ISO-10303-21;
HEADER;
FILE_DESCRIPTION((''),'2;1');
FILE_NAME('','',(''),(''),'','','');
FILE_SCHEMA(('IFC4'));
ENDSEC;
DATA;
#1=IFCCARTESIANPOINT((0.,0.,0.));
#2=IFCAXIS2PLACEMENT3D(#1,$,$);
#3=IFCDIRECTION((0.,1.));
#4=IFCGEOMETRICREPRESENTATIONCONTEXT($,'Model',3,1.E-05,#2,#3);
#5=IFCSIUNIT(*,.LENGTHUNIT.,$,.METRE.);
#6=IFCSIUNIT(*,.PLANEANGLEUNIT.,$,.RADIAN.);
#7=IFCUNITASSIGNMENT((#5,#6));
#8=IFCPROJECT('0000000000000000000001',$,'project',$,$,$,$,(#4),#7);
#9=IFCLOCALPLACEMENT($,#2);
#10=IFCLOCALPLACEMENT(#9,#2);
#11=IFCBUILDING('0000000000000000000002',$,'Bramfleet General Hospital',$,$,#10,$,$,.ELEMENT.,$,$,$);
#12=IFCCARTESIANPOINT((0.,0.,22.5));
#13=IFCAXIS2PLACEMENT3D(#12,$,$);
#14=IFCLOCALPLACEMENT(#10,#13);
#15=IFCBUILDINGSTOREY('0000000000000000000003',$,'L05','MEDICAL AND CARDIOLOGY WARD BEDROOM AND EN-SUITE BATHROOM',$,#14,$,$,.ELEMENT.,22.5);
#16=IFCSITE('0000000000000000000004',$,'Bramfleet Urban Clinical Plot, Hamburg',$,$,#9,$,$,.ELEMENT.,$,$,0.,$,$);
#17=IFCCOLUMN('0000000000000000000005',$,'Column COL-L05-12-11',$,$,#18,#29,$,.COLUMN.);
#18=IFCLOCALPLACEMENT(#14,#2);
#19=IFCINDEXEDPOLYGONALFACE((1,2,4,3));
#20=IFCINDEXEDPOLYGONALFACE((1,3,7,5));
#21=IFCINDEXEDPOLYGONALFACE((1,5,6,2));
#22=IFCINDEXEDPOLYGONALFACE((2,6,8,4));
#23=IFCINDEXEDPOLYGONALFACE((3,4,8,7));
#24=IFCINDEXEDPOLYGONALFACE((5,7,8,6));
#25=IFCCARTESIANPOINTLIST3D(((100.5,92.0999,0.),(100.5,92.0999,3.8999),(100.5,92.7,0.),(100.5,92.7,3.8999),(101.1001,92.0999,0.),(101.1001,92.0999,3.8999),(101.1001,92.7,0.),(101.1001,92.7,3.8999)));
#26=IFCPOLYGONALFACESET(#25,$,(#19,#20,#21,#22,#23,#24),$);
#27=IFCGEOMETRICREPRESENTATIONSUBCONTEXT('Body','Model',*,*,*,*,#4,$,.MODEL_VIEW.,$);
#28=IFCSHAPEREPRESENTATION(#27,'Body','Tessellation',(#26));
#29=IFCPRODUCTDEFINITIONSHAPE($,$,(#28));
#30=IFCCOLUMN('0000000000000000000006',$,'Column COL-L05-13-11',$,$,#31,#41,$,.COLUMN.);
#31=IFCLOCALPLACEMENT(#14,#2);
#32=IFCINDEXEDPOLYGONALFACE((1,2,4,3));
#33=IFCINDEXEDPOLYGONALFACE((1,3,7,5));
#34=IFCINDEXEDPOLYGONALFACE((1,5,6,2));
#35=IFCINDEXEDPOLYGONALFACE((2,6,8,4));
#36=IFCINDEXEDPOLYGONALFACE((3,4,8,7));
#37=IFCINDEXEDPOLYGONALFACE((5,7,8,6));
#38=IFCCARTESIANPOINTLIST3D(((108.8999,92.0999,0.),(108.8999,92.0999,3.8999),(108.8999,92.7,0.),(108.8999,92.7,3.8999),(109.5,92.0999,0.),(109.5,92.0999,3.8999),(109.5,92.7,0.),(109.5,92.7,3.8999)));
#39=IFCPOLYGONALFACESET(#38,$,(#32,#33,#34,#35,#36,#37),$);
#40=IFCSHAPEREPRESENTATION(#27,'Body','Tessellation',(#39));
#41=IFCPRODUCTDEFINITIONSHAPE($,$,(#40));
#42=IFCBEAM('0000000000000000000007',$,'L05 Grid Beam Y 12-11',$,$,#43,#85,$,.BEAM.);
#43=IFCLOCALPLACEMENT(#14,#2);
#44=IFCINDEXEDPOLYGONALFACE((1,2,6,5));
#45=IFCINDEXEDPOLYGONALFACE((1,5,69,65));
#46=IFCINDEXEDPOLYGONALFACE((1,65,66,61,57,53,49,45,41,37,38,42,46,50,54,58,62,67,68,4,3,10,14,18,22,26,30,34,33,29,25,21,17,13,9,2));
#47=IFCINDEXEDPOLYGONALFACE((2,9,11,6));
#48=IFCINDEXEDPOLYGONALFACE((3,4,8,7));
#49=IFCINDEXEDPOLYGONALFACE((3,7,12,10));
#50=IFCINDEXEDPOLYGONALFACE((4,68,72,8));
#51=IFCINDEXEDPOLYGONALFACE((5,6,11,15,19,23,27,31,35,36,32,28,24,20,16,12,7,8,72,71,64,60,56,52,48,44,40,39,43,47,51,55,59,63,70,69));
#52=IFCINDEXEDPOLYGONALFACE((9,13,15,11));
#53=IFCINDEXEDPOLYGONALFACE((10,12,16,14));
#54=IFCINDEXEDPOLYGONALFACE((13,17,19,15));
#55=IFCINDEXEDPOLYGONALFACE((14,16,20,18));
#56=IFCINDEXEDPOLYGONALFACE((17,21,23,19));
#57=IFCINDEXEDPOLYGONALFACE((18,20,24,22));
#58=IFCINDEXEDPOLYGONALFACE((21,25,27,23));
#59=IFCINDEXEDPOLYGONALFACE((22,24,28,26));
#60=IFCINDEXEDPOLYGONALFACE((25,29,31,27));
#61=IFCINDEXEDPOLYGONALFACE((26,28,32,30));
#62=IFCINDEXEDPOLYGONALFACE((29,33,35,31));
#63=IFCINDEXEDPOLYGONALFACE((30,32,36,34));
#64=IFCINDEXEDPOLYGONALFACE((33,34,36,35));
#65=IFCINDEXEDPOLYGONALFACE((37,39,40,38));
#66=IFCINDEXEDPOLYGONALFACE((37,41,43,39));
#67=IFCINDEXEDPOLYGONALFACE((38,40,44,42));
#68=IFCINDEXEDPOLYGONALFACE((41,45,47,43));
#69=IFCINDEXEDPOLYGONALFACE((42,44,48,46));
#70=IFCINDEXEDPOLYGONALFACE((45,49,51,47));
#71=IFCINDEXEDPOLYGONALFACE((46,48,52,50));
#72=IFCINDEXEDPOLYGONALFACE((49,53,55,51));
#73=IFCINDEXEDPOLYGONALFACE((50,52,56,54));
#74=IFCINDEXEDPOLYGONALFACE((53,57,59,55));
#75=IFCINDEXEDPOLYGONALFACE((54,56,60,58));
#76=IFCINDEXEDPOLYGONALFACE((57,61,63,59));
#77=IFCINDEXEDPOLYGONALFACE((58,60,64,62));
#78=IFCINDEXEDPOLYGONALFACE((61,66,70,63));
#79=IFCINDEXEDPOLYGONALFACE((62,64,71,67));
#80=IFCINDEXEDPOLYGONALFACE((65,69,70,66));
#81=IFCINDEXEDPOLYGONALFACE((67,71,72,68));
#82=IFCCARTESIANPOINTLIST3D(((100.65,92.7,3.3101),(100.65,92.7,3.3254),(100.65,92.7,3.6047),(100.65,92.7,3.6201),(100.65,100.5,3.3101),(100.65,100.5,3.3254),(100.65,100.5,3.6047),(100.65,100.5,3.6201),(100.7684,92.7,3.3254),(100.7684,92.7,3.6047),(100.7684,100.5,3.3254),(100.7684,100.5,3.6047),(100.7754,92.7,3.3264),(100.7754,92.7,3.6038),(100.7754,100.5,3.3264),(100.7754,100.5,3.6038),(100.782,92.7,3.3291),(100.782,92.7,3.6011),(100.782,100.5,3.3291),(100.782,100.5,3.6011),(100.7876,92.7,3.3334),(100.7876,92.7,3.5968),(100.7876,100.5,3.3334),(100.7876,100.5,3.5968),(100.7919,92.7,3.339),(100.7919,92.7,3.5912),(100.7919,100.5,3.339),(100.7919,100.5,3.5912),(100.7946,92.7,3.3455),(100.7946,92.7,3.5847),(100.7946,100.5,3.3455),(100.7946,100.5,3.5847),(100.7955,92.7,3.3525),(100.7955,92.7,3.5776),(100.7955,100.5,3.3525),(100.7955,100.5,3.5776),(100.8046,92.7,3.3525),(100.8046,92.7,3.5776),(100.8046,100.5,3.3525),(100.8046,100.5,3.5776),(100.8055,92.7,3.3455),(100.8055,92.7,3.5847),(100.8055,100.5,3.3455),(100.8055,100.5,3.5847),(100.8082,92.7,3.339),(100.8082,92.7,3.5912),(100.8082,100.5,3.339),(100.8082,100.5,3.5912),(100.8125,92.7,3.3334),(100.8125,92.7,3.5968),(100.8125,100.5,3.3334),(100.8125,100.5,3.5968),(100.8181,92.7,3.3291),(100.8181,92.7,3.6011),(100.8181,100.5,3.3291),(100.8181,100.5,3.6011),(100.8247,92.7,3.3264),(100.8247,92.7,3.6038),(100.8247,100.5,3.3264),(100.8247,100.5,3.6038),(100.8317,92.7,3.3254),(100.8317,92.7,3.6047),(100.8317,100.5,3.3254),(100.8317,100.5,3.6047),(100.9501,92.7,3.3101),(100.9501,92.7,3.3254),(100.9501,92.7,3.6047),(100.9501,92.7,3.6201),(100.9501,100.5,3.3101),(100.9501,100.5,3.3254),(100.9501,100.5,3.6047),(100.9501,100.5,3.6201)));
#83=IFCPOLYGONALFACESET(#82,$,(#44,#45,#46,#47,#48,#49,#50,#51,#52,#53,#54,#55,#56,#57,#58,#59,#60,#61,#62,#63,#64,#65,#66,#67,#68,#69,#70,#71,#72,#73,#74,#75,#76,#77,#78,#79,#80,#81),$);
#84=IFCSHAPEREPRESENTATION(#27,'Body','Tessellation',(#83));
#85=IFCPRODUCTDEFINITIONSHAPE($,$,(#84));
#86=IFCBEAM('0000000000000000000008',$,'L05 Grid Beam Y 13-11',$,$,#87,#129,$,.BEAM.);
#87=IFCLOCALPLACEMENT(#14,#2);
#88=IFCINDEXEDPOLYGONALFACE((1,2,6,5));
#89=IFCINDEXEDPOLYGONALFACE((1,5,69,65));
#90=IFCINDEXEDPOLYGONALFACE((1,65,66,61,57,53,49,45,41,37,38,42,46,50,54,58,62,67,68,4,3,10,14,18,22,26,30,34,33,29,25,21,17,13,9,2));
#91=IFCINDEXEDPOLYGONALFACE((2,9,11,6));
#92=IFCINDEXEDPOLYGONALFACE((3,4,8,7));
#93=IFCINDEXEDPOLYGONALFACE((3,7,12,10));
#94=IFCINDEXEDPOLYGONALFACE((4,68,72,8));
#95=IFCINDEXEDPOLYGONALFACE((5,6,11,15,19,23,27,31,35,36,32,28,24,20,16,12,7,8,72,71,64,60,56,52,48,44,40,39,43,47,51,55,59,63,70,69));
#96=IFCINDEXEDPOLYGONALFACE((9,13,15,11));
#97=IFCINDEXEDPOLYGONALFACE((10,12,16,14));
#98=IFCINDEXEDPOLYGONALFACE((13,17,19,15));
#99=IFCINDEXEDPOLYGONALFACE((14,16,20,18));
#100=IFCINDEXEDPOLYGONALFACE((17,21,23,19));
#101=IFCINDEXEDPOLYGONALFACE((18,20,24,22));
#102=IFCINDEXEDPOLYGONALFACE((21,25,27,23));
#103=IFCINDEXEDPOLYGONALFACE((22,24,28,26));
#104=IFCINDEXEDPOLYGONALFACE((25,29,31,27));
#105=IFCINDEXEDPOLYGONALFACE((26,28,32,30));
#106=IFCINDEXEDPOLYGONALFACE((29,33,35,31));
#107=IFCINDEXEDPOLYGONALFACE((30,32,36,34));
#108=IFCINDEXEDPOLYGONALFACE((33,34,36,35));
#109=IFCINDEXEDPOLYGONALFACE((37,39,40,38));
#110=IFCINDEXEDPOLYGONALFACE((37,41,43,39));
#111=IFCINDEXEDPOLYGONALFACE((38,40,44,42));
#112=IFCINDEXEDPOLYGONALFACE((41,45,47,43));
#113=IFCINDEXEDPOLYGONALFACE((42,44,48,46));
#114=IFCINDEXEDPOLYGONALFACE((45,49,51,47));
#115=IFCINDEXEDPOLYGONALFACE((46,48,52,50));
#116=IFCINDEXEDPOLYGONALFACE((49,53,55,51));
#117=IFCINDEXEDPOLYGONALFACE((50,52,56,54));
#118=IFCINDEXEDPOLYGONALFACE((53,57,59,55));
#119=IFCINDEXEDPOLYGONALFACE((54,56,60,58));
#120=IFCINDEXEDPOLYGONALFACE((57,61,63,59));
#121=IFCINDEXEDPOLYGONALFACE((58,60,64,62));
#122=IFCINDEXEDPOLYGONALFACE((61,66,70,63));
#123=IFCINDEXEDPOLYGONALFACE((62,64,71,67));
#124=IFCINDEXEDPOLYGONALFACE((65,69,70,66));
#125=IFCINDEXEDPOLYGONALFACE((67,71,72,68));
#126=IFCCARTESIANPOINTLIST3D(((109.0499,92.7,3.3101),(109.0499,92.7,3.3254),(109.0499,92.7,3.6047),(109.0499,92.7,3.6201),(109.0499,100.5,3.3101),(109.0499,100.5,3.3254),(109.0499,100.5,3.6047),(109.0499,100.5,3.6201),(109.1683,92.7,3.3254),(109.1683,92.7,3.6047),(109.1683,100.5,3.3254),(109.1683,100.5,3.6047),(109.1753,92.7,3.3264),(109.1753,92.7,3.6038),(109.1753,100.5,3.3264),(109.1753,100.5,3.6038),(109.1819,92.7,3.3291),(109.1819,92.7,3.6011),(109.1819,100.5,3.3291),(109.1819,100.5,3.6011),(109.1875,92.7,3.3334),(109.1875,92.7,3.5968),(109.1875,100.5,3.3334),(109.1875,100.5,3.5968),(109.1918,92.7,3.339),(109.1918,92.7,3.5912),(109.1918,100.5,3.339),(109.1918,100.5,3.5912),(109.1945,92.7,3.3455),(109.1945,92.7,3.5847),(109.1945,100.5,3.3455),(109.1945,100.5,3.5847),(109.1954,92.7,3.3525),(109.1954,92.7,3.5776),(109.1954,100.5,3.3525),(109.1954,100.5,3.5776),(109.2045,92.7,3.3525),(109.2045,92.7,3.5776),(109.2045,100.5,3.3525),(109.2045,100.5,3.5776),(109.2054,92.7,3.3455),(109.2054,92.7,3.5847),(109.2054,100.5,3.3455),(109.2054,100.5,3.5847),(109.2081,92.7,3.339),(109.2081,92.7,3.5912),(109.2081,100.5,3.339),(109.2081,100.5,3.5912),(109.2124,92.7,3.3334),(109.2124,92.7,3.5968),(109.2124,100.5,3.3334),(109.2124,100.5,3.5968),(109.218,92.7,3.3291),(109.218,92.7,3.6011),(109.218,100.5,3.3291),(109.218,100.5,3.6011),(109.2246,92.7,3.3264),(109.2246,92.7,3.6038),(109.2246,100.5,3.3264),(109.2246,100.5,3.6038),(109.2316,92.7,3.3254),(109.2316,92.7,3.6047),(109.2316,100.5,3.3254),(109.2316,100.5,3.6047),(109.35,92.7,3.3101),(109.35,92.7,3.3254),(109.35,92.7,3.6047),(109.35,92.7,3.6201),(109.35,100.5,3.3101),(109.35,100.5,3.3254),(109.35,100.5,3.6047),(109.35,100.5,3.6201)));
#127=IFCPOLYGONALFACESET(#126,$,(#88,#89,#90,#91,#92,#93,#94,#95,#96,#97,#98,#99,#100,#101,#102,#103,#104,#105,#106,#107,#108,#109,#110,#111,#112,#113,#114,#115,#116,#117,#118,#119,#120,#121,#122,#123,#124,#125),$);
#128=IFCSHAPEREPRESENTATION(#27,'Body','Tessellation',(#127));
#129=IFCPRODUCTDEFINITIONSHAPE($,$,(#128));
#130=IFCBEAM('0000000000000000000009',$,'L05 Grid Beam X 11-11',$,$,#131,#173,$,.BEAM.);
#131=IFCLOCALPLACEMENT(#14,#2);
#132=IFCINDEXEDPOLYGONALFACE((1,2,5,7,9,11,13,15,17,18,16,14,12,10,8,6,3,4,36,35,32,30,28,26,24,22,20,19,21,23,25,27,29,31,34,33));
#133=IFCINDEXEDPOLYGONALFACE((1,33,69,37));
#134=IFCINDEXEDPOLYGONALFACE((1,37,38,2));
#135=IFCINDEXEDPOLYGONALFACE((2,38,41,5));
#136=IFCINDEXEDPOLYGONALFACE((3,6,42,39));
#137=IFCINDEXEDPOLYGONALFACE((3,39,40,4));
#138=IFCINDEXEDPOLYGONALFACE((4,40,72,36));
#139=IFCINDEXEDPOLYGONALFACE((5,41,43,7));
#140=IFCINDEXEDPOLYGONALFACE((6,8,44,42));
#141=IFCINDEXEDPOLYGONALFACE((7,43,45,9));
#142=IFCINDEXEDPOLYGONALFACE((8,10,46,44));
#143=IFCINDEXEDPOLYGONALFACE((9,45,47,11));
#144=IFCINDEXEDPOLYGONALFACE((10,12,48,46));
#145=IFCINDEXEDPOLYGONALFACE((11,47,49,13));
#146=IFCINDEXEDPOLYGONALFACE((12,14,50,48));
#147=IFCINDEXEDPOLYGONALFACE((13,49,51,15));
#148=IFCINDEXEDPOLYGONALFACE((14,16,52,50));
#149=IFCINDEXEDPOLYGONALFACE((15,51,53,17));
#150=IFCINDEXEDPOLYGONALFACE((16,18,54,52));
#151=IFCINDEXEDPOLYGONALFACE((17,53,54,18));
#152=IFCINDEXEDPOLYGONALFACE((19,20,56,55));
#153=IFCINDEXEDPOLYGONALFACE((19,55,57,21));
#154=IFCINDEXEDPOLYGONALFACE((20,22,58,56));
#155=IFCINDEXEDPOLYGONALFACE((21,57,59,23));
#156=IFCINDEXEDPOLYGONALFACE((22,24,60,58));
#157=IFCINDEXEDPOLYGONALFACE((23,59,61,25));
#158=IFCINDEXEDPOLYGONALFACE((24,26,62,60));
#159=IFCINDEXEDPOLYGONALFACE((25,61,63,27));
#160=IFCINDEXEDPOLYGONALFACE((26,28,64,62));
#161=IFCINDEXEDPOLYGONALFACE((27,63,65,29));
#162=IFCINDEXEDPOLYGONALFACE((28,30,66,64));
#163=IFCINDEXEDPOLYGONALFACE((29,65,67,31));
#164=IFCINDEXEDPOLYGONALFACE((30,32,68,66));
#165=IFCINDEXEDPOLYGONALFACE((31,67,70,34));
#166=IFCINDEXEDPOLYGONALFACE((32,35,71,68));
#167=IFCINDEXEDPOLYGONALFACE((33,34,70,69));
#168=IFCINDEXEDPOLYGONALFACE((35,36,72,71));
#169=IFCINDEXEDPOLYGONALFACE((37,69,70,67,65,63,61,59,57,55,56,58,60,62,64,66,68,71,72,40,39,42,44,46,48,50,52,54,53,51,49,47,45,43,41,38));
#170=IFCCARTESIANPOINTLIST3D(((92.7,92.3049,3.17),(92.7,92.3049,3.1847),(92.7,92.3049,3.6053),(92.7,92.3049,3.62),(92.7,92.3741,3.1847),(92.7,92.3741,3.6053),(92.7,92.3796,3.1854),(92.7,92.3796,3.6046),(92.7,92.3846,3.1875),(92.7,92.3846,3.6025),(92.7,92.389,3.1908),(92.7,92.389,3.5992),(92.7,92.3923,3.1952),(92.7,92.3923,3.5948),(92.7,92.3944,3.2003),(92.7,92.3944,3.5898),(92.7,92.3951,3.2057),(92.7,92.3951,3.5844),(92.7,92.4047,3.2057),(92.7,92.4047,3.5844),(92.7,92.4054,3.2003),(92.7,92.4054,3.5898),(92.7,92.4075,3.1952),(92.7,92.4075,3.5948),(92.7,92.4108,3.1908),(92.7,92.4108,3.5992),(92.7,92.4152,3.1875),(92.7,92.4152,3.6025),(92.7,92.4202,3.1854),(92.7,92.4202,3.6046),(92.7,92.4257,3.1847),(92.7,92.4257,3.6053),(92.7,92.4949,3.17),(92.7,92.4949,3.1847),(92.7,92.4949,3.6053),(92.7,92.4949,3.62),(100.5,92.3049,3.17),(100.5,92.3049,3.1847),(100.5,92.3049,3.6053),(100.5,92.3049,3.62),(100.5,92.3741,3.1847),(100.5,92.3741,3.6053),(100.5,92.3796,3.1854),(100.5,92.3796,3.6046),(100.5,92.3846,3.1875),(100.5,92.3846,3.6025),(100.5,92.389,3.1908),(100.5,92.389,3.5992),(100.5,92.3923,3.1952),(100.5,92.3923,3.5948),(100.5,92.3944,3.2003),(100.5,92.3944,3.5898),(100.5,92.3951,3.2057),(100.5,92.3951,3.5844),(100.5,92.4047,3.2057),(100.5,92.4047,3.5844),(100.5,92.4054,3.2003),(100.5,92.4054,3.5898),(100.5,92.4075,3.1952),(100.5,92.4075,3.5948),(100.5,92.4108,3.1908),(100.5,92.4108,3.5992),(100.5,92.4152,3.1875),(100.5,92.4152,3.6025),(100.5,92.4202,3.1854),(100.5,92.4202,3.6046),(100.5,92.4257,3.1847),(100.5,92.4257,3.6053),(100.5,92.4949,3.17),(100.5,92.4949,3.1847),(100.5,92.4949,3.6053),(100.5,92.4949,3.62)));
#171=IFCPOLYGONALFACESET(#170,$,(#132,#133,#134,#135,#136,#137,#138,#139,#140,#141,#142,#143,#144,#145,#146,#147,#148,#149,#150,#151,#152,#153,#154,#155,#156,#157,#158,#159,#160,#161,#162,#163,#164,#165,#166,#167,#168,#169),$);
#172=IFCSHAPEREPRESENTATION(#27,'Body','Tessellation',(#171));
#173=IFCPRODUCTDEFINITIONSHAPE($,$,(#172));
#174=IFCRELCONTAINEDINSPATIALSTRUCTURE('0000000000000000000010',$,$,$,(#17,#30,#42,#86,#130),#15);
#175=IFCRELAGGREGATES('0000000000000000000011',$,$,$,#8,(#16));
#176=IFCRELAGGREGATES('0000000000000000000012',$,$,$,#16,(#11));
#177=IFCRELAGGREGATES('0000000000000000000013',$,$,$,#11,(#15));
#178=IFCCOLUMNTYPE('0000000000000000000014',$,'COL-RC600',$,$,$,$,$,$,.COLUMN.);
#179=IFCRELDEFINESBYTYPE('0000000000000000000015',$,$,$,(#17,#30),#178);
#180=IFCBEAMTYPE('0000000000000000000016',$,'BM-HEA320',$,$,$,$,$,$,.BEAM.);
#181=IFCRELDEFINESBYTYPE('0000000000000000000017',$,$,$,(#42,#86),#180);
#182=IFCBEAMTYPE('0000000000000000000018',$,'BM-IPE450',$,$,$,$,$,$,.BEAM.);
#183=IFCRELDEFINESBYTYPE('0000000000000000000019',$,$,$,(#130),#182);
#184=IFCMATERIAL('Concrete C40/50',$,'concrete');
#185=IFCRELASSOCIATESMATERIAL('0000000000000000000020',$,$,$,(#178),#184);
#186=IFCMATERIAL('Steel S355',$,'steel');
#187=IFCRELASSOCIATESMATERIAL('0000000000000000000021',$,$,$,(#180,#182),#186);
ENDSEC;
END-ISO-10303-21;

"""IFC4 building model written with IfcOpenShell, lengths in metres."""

from ifc_helpers import new_model, si_unit, direction, frame, origin, origin_2d, place, context, subcontext, project, spatial, rectangle, i_section, extrude, material, material_profile, profile_set, type_object, element, save


model = new_model("IFC4")

# Units and contexts
model_context = context("Model", 3, precision=1e-05, world=origin(), true_north=direction((0.0, 1.0)))
body_context = subcontext(model_context, "Body", "Model", "MODEL_VIEW")
ifc_project = project(units=[si_unit("LENGTHUNIT", "METRE"), si_unit("PLANEANGLEUNIT", "RADIAN")], contexts=[model_context])

# Site, building, storey
site_placement = place(None, origin())
site = spatial("IfcSite", under=ifc_project, at=site_placement, Name="Bramfleet Urban Clinical Plot, Hamburg", CompositionType="ELEMENT", RefElevation=0.0)
building_placement = place(site_placement, origin())
building = spatial("IfcBuilding", under=site, at=building_placement, Name="Bramfleet General Hospital", CompositionType="ELEMENT")
storey_placement = place(building_placement, frame((0.0, 0.0, 22.5)))
storey = spatial("IfcBuildingStorey", under=building, at=storey_placement, Name="L05", Description="MEDICAL AND CARDIOLOGY WARD BEDROOM AND EN-SUITE BATHROOM", CompositionType="ELEMENT", Elevation=22.5)

# Columns
ifc_material_1 = material(Name="Concrete C40/50", Category="concrete")
ifc_material_profile_1 = material_profile(ifc_material_1, rectangle(XDim=0.6001, YDim=0.6001, at=origin_2d()), Name="RC COL 600x600")
ifc_profile_set_1 = profile_set([ifc_material_profile_1], Name="Concrete C40/50")
column_type = type_object("IfcColumnType", Name="COL-RC600", PredefinedType="COLUMN", material=ifc_profile_set_1)
for number, where, z_axis, x_axis, name in (
    (1, (100.8, 92.3999, 0.0), (0.0, 0.0, 1.0), (1.0, 0.0, 0.0), "Column COL-L05-12-11"),
    (2, (109.2, 92.3999, 0.0), (0.0, 0.0, 1.0), (1.0, 0.0, 0.0), "Column COL-L05-13-11"),
):
    element("IfcColumn", number, at=place(storey_placement, frame(where, z_axis=z_axis, x_axis=x_axis)), inside=storey, type_object=column_type, Name=name, PredefinedType="COLUMN", context=body_context, shape_type="SweptSolid", body=[
        extrude(rectangle(XDim=0.6001, YDim=0.6001, at=origin_2d()), origin(), (0.0, 0.0, 1.0), 3.8999),
    ])

# Beams
ifc_material_2 = material(Name="Steel S355", Category="steel")
ifc_material_profile_2 = material_profile(ifc_material_2, i_section(OverallWidth=0.3, OverallDepth=0.3101, WebThickness=0.009, FlangeThickness=0.0154, FilletRadius=0.0271, at=origin_2d()), Name="HEA 320")
ifc_profile_set_2 = profile_set([ifc_material_profile_2], Name="Steel S355")
beam_type_1 = type_object("IfcBeamType", Name="BM-HEA320", PredefinedType="BEAM", material=ifc_profile_set_2)
for number, where, z_axis, x_axis, name in (
    (3, (100.8, 92.7, 3.4651), (0.0, 1.0, 0.0), (-1.0, 0.0, 0.0), "L05 Grid Beam Y 12-11"),
    (4, (109.2, 92.7, 3.4651), (0.0, 1.0, 0.0), (-1.0, 0.0, 0.0), "L05 Grid Beam Y 13-11"),
):
    element("IfcBeam", number, at=place(storey_placement, frame(where, z_axis=z_axis, x_axis=x_axis)), inside=storey, type_object=beam_type_1, Name=name, PredefinedType="BEAM", context=body_context, shape_type="SweptSolid", body=[
        extrude(i_section(OverallWidth=0.3, OverallDepth=0.3101, WebThickness=0.009, FlangeThickness=0.0154, FilletRadius=0.0271, at=origin_2d()), origin(), (0.0, 0.0, 1.0), 7.8),
    ])
ifc_material_profile_3 = material_profile(ifc_material_2, i_section(OverallWidth=0.1899, OverallDepth=0.45, WebThickness=0.0095, FlangeThickness=0.0146, FilletRadius=0.021, at=origin_2d()), Name="IPE 450")
ifc_profile_set_3 = profile_set([ifc_material_profile_3], Name="Steel S355")
beam_type_2 = type_object("IfcBeamType", Name="BM-IPE450", PredefinedType="BEAM", material=ifc_profile_set_3)
beam_1_placement = place(storey_placement, frame((92.7, 92.3999, 3.395), z_axis=(1.0, 0.0, 0.0), x_axis=(0.0, 1.0, 0.0)))
element("IfcBeam", 5, at=beam_1_placement, inside=storey, type_object=beam_type_2, Name="L05 Grid Beam X 11-11", PredefinedType="BEAM", context=body_context, shape_type="SweptSolid", body=[
    extrude(i_section(OverallWidth=0.1899, OverallDepth=0.45, WebThickness=0.0095, FlangeThickness=0.0146, FilletRadius=0.021, at=origin_2d()), origin(), (0.0, 0.0, 1.0), 7.8),
])

save(model, "model.ifc")
